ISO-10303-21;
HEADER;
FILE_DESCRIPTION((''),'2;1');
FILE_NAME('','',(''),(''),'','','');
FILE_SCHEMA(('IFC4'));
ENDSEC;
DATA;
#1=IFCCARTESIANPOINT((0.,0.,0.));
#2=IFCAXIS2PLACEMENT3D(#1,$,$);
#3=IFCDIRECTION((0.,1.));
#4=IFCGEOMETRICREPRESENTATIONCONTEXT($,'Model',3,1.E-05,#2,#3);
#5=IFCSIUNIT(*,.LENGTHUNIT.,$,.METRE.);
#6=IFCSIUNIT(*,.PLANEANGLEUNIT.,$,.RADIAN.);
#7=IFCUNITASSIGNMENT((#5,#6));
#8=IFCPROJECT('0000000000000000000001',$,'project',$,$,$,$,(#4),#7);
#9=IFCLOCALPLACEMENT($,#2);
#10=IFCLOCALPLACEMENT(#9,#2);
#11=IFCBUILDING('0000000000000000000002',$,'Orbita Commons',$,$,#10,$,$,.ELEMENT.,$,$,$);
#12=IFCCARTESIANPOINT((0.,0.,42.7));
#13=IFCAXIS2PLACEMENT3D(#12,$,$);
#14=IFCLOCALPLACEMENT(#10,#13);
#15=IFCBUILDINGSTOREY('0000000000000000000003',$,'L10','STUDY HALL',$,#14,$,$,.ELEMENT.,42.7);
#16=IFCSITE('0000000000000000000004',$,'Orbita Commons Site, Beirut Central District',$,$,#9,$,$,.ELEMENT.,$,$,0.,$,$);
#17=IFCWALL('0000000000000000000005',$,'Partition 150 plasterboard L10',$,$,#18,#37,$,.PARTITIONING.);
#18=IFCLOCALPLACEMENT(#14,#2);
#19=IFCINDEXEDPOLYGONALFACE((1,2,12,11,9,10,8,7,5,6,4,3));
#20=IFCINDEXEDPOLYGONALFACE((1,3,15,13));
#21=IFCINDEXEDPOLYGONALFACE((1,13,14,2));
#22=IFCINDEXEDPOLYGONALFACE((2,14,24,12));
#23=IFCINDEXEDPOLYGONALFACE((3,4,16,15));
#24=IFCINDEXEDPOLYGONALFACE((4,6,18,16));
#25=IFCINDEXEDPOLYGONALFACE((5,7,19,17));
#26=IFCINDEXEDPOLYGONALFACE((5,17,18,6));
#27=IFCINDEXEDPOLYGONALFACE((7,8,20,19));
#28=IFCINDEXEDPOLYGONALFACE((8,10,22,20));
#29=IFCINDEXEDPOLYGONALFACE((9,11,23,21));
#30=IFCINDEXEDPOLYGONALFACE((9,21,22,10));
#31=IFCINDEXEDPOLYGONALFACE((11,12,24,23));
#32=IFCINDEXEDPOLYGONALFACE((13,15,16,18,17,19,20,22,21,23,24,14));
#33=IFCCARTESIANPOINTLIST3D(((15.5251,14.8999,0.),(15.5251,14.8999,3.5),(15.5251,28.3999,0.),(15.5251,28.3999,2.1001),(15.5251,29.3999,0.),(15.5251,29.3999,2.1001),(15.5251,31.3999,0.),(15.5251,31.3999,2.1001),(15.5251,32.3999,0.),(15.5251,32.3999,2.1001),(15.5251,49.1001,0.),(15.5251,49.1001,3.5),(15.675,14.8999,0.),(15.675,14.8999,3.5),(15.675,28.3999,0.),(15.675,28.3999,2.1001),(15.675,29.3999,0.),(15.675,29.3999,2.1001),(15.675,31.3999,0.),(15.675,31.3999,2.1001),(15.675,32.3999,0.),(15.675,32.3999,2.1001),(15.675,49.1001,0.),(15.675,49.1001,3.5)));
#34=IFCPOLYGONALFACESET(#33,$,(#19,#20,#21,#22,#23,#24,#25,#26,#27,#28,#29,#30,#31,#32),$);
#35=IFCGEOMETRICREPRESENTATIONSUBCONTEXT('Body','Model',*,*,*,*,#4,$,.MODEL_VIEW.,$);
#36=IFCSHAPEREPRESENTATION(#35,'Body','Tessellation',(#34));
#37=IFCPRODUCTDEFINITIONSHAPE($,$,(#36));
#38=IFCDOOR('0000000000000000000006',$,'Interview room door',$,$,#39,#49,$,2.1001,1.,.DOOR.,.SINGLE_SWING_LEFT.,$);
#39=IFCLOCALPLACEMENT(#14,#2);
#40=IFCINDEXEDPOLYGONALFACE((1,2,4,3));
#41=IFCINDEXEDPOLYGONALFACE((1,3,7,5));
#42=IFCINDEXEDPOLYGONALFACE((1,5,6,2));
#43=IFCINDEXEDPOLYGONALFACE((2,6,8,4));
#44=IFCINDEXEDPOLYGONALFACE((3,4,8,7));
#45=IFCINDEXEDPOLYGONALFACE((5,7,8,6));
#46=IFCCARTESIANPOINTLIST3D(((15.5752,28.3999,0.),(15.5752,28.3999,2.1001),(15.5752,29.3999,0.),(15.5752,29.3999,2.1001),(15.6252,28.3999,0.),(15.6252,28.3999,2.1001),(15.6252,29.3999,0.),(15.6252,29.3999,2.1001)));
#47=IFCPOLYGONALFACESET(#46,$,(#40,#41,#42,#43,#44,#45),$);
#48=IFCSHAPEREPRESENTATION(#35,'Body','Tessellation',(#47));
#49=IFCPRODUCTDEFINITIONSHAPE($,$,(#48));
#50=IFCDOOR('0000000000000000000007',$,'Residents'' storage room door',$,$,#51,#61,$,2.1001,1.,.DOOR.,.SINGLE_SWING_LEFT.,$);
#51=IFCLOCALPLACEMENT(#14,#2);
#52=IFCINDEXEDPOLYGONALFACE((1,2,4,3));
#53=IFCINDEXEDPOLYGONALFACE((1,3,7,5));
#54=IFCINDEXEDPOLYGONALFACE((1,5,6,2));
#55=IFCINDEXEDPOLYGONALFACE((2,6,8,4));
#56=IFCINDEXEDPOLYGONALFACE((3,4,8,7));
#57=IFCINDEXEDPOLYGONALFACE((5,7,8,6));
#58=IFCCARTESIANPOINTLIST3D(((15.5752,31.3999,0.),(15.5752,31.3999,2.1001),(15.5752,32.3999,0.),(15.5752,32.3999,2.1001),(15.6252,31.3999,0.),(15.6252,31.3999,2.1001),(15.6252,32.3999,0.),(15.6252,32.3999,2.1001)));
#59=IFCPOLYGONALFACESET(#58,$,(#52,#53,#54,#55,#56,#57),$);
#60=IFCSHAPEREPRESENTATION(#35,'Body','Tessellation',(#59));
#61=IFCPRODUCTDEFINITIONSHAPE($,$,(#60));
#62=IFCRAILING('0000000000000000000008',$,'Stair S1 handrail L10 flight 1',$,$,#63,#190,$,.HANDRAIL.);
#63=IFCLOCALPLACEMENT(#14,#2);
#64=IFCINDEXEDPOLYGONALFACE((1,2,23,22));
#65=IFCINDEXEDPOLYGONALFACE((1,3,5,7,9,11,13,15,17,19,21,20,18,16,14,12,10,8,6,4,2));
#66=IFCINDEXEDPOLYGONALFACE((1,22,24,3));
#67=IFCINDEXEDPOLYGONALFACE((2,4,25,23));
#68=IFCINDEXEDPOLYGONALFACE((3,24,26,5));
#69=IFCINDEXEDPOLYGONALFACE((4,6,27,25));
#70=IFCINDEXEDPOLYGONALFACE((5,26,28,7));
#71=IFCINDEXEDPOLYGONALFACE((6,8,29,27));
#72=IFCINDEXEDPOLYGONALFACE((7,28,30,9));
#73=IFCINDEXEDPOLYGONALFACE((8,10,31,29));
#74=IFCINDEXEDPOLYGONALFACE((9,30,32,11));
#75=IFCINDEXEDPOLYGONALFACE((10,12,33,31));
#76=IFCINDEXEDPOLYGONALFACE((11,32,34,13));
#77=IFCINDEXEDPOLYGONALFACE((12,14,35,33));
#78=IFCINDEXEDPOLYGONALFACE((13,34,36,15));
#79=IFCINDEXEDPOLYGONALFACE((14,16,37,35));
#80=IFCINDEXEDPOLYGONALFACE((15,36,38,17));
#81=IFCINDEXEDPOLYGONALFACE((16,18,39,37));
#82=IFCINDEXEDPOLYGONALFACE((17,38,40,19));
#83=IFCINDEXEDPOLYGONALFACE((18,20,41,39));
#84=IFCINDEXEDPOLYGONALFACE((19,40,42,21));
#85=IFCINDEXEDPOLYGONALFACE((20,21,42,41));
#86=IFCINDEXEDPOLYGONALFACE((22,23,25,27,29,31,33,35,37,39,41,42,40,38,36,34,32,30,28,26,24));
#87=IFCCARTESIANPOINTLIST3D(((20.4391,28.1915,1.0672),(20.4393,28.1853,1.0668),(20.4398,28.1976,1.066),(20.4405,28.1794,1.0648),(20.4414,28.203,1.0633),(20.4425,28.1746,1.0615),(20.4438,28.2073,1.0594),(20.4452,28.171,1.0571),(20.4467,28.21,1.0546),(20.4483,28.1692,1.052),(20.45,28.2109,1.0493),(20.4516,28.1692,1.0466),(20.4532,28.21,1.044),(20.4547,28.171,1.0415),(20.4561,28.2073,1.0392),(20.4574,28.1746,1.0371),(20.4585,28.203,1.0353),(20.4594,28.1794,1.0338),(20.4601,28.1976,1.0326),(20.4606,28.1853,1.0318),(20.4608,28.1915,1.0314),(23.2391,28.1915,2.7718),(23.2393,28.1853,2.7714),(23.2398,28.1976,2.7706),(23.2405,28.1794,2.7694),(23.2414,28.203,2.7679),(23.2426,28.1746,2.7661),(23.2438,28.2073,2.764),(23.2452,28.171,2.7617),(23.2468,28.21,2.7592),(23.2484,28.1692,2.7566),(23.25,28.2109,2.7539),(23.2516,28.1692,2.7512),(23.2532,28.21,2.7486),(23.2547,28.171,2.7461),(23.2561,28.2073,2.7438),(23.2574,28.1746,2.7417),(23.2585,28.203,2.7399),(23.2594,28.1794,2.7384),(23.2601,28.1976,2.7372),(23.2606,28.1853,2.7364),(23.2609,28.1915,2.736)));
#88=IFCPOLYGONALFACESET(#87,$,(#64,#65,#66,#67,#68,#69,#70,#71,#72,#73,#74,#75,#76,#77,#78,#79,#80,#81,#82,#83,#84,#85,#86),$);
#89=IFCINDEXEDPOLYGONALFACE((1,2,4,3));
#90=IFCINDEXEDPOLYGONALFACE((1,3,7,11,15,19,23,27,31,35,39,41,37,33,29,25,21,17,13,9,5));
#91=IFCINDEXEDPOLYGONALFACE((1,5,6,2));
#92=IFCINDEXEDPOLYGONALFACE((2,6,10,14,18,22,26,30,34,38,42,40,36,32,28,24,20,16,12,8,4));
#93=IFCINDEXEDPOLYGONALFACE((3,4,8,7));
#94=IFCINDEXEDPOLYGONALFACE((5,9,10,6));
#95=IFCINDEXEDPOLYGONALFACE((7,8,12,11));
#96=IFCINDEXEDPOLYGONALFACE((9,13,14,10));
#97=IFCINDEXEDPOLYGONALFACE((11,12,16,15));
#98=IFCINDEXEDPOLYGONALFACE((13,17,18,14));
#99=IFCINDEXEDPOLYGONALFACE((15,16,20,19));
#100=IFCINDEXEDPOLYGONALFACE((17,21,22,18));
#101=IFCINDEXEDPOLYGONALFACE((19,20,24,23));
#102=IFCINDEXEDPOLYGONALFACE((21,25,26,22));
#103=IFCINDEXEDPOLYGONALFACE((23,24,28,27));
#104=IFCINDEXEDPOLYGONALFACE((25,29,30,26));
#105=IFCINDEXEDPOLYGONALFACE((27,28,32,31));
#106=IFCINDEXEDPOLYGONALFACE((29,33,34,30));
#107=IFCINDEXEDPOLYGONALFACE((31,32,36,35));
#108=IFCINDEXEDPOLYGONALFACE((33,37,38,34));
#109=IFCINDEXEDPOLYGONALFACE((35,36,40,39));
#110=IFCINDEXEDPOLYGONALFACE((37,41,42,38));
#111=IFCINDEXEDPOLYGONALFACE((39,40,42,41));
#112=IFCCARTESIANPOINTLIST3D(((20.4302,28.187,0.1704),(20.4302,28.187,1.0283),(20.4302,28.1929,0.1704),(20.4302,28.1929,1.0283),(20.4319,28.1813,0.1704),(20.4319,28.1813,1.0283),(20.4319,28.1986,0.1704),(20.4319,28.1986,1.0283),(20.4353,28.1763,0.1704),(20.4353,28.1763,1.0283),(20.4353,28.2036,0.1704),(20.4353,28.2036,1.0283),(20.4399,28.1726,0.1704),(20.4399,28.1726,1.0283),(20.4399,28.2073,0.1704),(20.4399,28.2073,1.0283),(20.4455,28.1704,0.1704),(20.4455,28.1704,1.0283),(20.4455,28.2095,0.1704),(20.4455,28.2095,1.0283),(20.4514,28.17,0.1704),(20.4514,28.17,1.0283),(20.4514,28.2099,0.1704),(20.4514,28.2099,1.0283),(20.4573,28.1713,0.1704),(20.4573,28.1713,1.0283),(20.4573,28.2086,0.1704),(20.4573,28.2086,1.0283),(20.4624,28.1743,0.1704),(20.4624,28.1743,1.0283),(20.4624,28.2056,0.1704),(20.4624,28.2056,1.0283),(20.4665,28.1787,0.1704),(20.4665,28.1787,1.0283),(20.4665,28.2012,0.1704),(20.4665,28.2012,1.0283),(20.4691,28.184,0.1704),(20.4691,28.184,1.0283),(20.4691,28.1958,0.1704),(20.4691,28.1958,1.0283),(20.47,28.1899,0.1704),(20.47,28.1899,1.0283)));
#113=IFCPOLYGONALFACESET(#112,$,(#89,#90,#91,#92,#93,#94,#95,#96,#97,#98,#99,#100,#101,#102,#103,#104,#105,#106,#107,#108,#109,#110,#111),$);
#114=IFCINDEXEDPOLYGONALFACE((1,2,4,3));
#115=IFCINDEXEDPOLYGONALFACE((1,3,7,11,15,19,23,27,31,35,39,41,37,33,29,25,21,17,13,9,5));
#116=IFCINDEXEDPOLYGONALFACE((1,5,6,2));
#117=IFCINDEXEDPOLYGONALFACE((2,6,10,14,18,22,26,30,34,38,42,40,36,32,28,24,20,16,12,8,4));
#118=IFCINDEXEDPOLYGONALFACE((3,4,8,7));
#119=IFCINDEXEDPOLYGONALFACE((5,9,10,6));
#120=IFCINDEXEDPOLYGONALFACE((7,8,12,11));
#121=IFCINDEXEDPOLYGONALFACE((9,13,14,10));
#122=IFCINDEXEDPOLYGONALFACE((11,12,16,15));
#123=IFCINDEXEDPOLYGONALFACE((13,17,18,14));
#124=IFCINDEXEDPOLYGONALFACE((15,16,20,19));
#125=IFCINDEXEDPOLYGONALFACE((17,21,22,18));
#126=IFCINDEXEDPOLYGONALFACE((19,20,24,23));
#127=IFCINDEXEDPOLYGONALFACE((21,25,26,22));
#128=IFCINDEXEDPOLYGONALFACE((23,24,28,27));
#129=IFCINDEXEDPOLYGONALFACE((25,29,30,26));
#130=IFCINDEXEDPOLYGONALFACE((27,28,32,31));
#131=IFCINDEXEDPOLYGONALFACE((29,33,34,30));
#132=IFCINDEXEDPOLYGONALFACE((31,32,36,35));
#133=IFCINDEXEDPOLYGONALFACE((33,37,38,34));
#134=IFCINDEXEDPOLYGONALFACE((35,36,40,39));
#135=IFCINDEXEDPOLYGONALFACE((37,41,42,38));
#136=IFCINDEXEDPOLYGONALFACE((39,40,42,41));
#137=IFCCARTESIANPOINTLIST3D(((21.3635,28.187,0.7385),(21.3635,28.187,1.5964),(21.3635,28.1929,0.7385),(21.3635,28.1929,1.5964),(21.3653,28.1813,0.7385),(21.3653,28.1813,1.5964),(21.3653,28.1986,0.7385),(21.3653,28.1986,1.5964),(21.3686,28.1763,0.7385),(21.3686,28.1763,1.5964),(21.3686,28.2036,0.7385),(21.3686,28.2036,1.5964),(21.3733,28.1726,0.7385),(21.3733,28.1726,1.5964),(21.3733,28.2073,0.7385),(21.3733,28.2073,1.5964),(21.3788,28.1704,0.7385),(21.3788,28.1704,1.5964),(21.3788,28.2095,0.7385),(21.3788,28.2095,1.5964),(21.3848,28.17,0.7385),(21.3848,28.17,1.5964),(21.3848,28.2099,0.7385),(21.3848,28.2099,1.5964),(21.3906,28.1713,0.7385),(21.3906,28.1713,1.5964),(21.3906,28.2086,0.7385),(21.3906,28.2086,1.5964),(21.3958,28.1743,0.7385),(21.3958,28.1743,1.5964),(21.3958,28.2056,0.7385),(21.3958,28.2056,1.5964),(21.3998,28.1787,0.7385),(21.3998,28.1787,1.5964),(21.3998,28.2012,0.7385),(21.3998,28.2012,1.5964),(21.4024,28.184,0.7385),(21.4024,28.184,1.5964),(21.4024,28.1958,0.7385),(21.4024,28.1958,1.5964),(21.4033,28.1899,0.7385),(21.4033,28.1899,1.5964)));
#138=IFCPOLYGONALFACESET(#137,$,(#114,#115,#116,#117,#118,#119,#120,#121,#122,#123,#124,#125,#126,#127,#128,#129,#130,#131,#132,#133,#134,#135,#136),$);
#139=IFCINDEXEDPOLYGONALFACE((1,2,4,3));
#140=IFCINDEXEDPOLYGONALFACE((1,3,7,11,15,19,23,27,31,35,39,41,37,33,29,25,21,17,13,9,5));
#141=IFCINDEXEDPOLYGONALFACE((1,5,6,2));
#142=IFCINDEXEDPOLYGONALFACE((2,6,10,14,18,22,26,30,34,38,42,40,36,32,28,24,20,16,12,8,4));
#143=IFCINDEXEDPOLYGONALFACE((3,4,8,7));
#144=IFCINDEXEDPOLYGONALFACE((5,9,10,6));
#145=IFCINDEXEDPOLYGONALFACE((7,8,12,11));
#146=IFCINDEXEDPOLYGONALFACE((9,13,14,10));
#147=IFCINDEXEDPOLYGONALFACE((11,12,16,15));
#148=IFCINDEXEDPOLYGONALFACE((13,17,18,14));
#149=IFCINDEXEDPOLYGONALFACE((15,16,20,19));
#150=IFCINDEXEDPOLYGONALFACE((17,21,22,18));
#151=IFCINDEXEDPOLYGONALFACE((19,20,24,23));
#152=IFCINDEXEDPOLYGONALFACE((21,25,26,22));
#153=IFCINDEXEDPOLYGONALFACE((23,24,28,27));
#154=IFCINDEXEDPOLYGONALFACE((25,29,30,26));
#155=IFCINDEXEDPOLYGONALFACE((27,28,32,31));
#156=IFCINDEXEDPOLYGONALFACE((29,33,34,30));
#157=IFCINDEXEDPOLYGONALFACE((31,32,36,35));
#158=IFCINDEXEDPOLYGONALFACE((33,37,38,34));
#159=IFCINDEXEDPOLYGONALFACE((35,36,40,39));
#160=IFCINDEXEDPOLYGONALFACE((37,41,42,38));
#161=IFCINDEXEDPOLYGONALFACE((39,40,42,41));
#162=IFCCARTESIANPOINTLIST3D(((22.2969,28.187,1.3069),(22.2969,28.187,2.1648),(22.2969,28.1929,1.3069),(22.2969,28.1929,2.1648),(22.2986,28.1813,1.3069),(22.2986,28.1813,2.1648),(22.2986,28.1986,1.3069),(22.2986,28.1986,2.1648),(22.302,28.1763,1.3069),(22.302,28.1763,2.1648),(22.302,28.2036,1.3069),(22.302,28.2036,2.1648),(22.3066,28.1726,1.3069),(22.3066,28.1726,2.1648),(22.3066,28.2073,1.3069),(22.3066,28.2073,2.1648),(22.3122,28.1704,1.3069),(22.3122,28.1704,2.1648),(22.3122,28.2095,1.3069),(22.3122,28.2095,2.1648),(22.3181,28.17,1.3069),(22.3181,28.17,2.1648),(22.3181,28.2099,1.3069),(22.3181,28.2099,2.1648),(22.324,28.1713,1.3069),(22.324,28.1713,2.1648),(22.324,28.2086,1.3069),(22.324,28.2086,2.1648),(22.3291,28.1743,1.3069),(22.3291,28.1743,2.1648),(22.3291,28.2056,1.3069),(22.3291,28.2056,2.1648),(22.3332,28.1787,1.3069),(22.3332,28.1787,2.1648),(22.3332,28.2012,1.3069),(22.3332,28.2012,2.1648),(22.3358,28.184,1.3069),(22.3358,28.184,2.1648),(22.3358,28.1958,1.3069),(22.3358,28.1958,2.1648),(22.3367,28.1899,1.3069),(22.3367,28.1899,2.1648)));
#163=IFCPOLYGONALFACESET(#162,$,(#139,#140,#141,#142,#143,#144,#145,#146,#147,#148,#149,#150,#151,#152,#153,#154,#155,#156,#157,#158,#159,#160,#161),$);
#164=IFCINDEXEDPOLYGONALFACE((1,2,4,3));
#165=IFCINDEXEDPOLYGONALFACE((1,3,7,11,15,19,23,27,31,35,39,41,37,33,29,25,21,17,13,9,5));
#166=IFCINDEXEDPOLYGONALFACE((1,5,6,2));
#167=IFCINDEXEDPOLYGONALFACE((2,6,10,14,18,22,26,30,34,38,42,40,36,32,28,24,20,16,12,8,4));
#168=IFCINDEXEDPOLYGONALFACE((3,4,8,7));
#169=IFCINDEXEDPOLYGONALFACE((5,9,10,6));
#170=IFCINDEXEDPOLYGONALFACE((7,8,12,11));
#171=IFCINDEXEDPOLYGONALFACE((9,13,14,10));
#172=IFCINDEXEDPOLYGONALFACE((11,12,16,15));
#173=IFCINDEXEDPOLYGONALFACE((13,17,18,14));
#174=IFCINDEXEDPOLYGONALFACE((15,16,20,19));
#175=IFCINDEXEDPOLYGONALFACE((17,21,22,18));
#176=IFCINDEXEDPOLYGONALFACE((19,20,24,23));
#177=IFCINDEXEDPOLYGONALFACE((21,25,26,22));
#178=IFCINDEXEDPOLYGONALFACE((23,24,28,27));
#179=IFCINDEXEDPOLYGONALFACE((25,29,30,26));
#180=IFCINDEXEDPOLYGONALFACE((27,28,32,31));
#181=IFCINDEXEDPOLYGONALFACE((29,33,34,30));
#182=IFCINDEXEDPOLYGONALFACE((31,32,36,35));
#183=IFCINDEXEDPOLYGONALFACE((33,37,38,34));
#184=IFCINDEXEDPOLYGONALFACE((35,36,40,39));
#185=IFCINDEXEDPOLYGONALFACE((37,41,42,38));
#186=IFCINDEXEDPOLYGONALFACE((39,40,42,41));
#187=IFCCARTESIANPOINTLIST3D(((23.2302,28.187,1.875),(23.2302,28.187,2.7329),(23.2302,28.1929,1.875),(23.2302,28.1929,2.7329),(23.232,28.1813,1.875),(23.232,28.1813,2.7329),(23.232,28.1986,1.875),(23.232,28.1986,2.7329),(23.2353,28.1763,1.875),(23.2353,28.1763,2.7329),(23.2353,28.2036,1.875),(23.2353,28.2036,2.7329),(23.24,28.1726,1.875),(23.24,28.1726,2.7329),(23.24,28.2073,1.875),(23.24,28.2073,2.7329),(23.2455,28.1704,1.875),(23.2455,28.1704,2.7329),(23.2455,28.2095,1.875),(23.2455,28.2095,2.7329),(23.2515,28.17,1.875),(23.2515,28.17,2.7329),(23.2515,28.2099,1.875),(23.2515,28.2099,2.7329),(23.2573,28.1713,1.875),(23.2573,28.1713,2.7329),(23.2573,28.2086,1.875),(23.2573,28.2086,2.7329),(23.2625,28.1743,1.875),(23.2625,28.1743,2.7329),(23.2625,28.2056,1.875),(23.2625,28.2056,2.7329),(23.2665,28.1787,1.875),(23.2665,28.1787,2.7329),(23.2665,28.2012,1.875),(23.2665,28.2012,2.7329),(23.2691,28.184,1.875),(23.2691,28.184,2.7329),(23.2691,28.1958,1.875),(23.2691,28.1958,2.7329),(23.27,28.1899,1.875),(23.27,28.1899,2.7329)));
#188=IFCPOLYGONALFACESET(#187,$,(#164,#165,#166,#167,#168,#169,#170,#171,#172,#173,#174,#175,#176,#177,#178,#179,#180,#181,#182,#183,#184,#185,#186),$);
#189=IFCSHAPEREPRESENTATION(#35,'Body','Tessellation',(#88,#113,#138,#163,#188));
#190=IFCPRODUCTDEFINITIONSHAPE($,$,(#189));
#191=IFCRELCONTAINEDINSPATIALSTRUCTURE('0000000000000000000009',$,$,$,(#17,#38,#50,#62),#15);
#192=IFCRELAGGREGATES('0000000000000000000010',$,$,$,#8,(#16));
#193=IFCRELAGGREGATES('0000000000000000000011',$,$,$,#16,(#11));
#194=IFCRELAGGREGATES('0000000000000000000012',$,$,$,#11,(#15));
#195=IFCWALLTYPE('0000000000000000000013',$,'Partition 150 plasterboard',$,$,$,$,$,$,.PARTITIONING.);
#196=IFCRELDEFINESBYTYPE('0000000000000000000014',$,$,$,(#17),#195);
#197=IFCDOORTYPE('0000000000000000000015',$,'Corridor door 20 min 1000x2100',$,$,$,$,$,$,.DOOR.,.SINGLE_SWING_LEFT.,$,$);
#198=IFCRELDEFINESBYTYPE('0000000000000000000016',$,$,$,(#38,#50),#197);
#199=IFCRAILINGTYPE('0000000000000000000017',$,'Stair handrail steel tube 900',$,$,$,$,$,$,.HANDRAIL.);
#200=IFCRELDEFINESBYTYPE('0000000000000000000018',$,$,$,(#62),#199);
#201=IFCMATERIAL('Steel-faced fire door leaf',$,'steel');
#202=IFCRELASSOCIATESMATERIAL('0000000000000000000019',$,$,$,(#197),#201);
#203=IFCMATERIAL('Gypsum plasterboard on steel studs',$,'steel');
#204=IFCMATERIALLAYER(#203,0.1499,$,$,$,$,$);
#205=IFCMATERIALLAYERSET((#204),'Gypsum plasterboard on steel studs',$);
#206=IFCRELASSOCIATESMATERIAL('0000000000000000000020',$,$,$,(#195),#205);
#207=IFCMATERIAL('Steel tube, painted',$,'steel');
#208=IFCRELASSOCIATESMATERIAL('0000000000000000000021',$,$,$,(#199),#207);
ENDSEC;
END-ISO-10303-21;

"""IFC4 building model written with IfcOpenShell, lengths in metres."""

from ifc_helpers import new_model, si_unit, direction, frame, frame_2d, origin, origin_2d, place, context, subcontext, project, spatial, rectangle, circle, extrude, material, layer, layer_set, type_object, element, fill, save


model = new_model("IFC4")

# Units and contexts
model_context = context("Model", 3, precision=1e-05, world=origin(), true_north=direction((0.0, 1.0)))
body_context = subcontext(model_context, "Body", "Model", "MODEL_VIEW")
ifc_project = project(units=[si_unit("LENGTHUNIT", "METRE"), si_unit("PLANEANGLEUNIT", "RADIAN")], contexts=[model_context])

# Site, building, storey
site_placement = place(None, origin())
site = spatial("IfcSite", under=ifc_project, at=site_placement, Name="Orbita Commons Site, Beirut Central District", CompositionType="ELEMENT", RefElevation=0.0)
building_placement = place(site_placement, origin())
building = spatial("IfcBuilding", under=site, at=building_placement, Name="Orbita Commons", CompositionType="ELEMENT")
storey_placement = place(building_placement, frame((0.0, 0.0, 42.7)))
storey = spatial("IfcBuildingStorey", under=building, at=storey_placement, Name="L10", Description="STUDY HALL", CompositionType="ELEMENT", Elevation=42.7)

# Shared definitions
ifc_material_1 = material(Name="Steel-faced fire door leaf", Category="steel")
door_type_1 = type_object("IfcDoorType", Name="Corridor door 20 min 1000x2100", OperationType="SINGLE_SWING_LEFT", PredefinedType="DOOR", material=ifc_material_1)

# Wall, openings, doors
ifc_material_2 = material(Name="Gypsum plasterboard on steel studs", Category="steel")
ifc_layer_1 = layer(ifc_material_2, 0.1499)
ifc_layer_set_1 = layer_set([ifc_layer_1], Name="Gypsum plasterboard on steel studs")
wall_type_1 = type_object("IfcWallType", Name="Partition 150 plasterboard", PredefinedType="PARTITIONING", material=ifc_layer_set_1)
wall_1_placement = place(storey_placement, frame((15.6001, 14.8999, 0.0), z_axis=(0.0, 0.0, 1.0), x_axis=(0.0, 1.0, 0.0)))
wall_1 = element("IfcWall", 1, at=wall_1_placement, inside=storey, type_object=wall_type_1, Name="Partition 150 plasterboard L10", PredefinedType="PARTITIONING", context=body_context, shape_type="SweptSolid", body=[
    extrude(rectangle(XDim=34.2002, YDim=0.1499, at=frame_2d((17.1001, 0.0))), origin(), (0.0, 0.0, 1.0), 3.5),
])
opening_1_placement = place(wall_1_placement, frame((13.5, 0.0, 0.0)))
opening_1 = element("IfcOpeningElement", 2, at=opening_1_placement, cuts=wall_1, PredefinedType="OPENING", context=body_context, shape_type="SweptSolid", body=[
    extrude(rectangle(XDim=1.0, YDim=2.1001, at=frame_2d((0.5, 1.05))), frame((0.0, 0.085, 0.0), z_axis=(0.0, -1.0, 0.0), x_axis=(1.0, 0.0, 0.0)), (0.0, 0.0, 1.0), 0.1699),
])
opening_2_placement = place(wall_1_placement, frame((16.5, 0.0, 0.0)))
opening_2 = element("IfcOpeningElement", 3, at=opening_2_placement, cuts=wall_1, PredefinedType="OPENING", context=body_context, shape_type="SweptSolid", body=[
    extrude(rectangle(XDim=1.0, YDim=2.1001, at=frame_2d((0.5, 1.05))), frame((0.0, 0.085, 0.0), z_axis=(0.0, -1.0, 0.0), x_axis=(1.0, 0.0, 0.0)), (0.0, 0.0, 1.0), 0.1699),
])
door_1_placement = place(opening_1_placement, origin())
door_1 = element("IfcDoor", 4, at=door_1_placement, inside=storey, type_object=door_type_1, Name="Interview room door", OperationType="SINGLE_SWING_LEFT", OverallHeight=2.1001, OverallWidth=1.0, PredefinedType="DOOR", context=body_context, shape_type="SweptSolid", body=[
    extrude(rectangle(XDim=1.0, YDim=2.1001, at=frame_2d((0.5, 1.05))), frame((0.0, 0.0249, 0.0), z_axis=(0.0, -1.0, 0.0), x_axis=(1.0, 0.0, 0.0)), (0.0, 0.0, 1.0), 0.05),
])
fill(opening_1, door_1)
door_2_placement = place(opening_2_placement, origin())
door_2 = element("IfcDoor", 5, at=door_2_placement, inside=storey, type_object=door_type_1, Name="Residents' storage room door", OperationType="SINGLE_SWING_LEFT", OverallHeight=2.1001, OverallWidth=1.0, PredefinedType="DOOR", context=body_context, shape_type="SweptSolid", body=[
    extrude(rectangle(XDim=1.0, YDim=2.1001, at=frame_2d((0.5, 1.05))), frame((0.0, 0.0249, 0.0), z_axis=(0.0, -1.0, 0.0), x_axis=(1.0, 0.0, 0.0)), (0.0, 0.0, 1.0), 0.05),
])
fill(opening_2, door_2)

# Railing
ifc_material_3 = material(Name="Steel tube, painted", Category="steel")
railing_type = type_object("IfcRailingType", Name="Stair handrail steel tube 900", PredefinedType="HANDRAIL", material=ifc_material_3)
for number, where, name in (
    (6, (20.45, 28.1899, 0.1704), "Stair S1 handrail L10 flight 1"),
):
    element("IfcRailing", number, at=place(storey_placement, frame(where)), inside=storey, type_object=railing_type, Name=name, PredefinedType="HANDRAIL", context=body_context, shape_type="SweptSolid", body=[
        extrude(circle(Radius=0.021, at=origin_2d()), frame((0.0, 0.0, 0.8789), z_axis=(0.85417, 0.0, 0.519994), x_axis=(0.0, 1.0, 0.0)), (0.0, 0.0, 1.0), 3.2781),
        extrude(circle(Radius=0.02, at=origin_2d()), origin(), (0.0, 0.0, 1.0), 0.8579),
        extrude(circle(Radius=0.02, at=origin_2d()), frame((0.9333, 0.0, 0.5681)), (0.0, 0.0, 1.0), 0.8579),
        extrude(circle(Radius=0.02, at=origin_2d()), frame((1.8667, 0.0, 1.1365)), (0.0, 0.0, 1.0), 0.8579),
        extrude(circle(Radius=0.02, at=origin_2d()), frame((2.8, 0.0, 1.7046)), (0.0, 0.0, 1.0), 0.8579),
    ])

save(model, "model.ifc")
